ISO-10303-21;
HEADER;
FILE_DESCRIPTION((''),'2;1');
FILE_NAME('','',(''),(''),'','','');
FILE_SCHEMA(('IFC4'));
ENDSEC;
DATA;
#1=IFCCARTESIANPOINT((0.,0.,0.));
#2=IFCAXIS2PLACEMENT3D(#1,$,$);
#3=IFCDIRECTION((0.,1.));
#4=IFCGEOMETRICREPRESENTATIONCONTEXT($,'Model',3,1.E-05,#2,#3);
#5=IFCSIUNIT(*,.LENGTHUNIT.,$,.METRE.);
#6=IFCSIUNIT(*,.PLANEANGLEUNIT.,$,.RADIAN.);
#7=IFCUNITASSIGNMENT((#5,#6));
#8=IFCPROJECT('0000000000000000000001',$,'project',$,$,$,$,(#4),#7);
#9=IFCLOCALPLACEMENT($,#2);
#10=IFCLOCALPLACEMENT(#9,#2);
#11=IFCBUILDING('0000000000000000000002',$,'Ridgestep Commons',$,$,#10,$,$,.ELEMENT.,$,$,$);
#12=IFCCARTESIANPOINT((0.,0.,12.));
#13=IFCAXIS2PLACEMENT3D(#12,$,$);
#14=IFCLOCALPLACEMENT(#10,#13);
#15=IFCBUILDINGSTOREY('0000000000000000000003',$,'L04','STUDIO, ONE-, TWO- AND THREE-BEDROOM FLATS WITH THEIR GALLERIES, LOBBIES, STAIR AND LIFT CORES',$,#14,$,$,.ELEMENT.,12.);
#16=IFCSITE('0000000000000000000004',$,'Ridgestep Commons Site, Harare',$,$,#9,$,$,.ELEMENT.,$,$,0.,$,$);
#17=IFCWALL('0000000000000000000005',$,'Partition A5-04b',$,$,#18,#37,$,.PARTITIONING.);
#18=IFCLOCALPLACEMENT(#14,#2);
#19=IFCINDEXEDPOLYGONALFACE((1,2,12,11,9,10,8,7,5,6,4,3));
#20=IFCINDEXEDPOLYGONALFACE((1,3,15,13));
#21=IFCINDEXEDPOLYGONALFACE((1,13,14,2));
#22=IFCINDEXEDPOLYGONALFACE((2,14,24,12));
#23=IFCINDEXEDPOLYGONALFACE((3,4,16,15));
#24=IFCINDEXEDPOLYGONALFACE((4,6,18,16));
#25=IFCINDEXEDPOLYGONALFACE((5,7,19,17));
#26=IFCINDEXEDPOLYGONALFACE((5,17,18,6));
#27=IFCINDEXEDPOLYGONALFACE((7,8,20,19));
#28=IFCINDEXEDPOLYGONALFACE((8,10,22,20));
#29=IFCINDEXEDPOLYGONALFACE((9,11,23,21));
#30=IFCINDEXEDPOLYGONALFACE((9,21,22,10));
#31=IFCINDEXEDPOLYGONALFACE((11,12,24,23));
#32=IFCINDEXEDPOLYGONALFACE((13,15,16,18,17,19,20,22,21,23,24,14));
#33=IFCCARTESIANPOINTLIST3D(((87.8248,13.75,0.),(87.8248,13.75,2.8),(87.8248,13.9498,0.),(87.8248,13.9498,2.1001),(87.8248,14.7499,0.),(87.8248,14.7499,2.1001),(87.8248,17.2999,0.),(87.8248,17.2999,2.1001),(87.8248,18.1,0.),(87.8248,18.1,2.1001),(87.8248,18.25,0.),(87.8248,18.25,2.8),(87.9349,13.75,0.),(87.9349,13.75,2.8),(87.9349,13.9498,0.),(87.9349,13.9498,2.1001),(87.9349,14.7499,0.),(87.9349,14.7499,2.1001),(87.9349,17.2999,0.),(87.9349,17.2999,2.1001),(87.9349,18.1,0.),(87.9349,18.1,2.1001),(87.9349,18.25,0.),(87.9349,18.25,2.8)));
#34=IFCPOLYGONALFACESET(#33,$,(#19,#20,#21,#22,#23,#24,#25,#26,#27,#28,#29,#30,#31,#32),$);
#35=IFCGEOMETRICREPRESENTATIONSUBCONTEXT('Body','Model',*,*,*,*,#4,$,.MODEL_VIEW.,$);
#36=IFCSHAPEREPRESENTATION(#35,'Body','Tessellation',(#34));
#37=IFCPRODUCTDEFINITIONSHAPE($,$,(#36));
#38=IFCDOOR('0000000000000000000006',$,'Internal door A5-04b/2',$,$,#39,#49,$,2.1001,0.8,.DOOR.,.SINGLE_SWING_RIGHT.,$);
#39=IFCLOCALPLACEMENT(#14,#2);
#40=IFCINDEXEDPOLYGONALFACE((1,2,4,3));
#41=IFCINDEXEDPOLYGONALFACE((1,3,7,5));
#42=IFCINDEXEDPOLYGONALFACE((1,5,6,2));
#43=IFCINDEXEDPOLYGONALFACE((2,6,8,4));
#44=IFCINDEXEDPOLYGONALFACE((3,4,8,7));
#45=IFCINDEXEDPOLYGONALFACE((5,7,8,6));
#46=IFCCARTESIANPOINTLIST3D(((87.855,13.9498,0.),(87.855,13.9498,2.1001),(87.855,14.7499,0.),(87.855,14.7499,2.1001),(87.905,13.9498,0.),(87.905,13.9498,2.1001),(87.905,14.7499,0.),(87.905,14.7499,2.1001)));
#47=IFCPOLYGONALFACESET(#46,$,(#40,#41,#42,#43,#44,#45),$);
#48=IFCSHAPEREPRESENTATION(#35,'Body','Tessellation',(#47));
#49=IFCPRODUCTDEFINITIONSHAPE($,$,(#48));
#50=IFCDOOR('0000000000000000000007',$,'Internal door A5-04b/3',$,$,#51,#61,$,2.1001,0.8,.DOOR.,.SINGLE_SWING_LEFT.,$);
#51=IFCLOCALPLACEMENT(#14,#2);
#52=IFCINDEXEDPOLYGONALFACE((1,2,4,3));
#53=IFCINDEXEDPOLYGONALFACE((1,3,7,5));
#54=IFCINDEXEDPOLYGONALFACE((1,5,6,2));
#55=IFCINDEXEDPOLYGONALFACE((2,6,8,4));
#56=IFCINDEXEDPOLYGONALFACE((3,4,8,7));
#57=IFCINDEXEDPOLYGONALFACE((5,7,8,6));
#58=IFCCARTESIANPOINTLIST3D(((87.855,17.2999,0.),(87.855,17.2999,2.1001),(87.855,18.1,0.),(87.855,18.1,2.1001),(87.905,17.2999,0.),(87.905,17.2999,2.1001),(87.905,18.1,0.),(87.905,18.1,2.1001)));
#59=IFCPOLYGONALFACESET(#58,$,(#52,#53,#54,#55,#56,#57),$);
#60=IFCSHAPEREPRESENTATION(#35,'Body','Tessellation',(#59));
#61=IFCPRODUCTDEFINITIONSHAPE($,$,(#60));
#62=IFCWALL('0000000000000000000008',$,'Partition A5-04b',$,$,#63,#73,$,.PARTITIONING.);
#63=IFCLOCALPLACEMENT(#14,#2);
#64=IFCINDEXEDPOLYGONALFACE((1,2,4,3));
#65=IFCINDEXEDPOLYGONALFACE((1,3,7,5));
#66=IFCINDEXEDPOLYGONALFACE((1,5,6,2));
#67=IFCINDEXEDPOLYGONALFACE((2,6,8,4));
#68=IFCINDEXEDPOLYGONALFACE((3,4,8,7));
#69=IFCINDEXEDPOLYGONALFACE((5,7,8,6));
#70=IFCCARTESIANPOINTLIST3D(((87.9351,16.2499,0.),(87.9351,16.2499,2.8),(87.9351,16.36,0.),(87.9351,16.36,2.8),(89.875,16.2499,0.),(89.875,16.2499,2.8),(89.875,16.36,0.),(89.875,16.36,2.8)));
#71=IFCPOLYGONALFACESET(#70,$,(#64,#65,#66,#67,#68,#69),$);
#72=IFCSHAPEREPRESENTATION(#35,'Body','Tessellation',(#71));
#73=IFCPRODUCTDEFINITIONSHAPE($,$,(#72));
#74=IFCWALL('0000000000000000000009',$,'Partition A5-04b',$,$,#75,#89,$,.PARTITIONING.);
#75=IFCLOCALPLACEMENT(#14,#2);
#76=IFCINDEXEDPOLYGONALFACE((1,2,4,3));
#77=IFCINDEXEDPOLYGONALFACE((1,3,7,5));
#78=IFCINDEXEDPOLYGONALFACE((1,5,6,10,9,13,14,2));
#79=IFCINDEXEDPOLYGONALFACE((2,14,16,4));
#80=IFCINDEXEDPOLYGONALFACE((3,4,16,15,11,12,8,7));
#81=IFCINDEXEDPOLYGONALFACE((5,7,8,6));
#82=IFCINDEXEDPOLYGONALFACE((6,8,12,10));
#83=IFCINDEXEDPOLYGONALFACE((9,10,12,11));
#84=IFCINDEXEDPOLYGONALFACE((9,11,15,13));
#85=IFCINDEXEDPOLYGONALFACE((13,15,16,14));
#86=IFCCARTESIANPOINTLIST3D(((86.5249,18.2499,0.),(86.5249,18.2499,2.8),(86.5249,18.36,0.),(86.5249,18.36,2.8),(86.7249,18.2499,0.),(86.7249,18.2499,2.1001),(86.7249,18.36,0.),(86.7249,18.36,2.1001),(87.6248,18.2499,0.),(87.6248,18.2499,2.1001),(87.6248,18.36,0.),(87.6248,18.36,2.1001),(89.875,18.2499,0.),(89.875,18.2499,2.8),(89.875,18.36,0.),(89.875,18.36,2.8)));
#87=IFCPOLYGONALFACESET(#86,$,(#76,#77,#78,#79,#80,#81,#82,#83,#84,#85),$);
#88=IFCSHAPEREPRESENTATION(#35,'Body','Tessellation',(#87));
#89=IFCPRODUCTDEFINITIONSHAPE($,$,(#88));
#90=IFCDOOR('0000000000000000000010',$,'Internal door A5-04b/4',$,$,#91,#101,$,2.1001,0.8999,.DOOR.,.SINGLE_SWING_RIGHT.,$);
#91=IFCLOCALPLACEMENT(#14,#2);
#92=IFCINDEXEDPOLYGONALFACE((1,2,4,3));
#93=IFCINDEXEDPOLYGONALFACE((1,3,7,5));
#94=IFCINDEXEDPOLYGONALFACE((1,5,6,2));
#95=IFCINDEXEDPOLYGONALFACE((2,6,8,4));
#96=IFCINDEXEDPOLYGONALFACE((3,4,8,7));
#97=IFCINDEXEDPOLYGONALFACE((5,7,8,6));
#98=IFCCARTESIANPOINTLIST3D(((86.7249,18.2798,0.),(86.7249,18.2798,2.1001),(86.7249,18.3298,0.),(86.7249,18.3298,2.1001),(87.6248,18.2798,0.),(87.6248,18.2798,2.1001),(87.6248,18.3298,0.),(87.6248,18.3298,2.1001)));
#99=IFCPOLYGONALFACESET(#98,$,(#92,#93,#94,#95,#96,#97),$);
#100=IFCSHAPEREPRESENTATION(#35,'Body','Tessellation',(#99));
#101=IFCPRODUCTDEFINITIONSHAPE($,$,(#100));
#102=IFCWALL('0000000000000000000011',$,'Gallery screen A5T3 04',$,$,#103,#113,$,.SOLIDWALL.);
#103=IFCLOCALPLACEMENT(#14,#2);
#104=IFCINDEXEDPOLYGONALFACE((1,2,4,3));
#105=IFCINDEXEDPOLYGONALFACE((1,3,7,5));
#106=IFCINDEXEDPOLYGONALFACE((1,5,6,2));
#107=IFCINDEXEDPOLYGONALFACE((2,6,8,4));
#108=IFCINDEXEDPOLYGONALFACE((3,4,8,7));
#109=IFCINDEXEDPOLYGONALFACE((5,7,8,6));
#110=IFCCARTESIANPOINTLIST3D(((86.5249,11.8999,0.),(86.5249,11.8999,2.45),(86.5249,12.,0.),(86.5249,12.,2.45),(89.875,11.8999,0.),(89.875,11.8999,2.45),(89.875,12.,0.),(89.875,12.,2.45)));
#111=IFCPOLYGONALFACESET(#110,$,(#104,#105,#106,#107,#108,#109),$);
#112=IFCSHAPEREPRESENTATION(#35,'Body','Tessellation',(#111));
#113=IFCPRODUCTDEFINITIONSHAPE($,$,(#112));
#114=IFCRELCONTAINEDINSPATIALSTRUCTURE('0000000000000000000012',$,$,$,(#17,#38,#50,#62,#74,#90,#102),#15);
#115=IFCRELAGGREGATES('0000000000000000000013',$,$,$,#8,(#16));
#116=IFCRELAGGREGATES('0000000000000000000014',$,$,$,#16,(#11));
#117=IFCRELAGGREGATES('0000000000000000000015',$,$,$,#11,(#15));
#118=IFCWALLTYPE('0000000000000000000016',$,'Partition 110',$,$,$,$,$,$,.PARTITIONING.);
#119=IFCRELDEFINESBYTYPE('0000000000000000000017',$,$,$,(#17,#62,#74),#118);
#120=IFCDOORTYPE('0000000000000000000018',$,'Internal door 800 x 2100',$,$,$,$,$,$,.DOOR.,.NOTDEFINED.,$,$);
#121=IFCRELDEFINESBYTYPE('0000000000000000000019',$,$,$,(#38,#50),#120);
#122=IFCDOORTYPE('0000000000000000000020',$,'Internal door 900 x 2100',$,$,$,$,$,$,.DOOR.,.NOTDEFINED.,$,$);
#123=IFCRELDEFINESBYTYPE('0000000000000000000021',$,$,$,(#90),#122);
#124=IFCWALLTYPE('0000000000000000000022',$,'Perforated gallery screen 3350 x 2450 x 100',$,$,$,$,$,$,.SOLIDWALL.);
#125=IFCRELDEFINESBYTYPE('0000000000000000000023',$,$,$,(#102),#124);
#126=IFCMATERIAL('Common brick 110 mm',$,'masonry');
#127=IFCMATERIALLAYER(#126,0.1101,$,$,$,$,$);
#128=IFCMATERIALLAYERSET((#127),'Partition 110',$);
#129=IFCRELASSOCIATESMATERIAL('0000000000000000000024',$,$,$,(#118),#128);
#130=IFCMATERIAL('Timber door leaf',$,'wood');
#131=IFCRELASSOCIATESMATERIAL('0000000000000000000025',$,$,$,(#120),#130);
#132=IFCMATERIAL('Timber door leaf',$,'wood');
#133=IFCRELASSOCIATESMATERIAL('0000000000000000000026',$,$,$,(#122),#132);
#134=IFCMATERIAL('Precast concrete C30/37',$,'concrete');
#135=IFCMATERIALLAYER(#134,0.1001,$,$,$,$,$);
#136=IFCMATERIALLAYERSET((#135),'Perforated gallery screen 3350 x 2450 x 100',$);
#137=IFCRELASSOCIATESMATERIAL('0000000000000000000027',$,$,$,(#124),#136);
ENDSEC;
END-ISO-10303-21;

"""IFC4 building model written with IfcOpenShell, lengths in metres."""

from ifc_helpers import new_model, si_unit, direction, frame, frame_2d, origin, place, context, subcontext, project, spatial, rectangle, extrude, material, layer, layer_set, type_object, element, fill, save


model = new_model("IFC4")

# Units and contexts
model_context = context("Model", 3, precision=1e-05, world=origin(), true_north=direction((0.0, 1.0)))
body_context = subcontext(model_context, "Body", "Model", "MODEL_VIEW")
ifc_project = project(units=[si_unit("LENGTHUNIT", "METRE"), si_unit("PLANEANGLEUNIT", "RADIAN")], contexts=[model_context])

# Site, building, storey
site_placement = place(None, origin())
site = spatial("IfcSite", under=ifc_project, at=site_placement, Name="Ridgestep Commons Site, Harare", CompositionType="ELEMENT", RefElevation=0.0)
building_placement = place(site_placement, origin())
building = spatial("IfcBuilding", under=site, at=building_placement, Name="Ridgestep Commons", CompositionType="ELEMENT")
storey_placement = place(building_placement, frame((0.0, 0.0, 12.0)))
storey = spatial("IfcBuildingStorey", under=building, at=storey_placement, Name="L04", Description="STUDIO, ONE-, TWO- AND THREE-BEDROOM FLATS WITH THEIR GALLERIES, LOBBIES, STAIR AND LIFT CORES", CompositionType="ELEMENT", Elevation=12.0)

# Wall, openings, doors
ifc_material_1 = material(Name="Common brick 110 mm", Category="masonry")
ifc_layer_1 = layer(ifc_material_1, 0.1101)
ifc_layer_set_1 = layer_set([ifc_layer_1], Name="Partition 110")
wall_type_1 = type_object("IfcWallType", Name="Partition 110", PredefinedType="PARTITIONING", material=ifc_layer_set_1)
wall_1_placement = place(storey_placement, frame((87.8799, 13.75, 0.0), z_axis=(0.0, 0.0, 1.0), x_axis=(0.0, 1.0, 0.0)))
wall_1 = element("IfcWall", 1, at=wall_1_placement, inside=storey, type_object=wall_type_1, Name="Partition A5-04b", PredefinedType="PARTITIONING", context=body_context, shape_type="SweptSolid", body=[
    extrude(rectangle(XDim=4.5, YDim=0.1101, at=frame_2d((2.25, 0.0))), origin(), (0.0, 0.0, 1.0), 2.8),
])
opening_1_placement = place(wall_1_placement, frame((0.2, 0.0, 0.0)))
opening_1 = element("IfcOpeningElement", 2, at=opening_1_placement, cuts=wall_1, PredefinedType="OPENING", context=body_context, shape_type="SweptSolid", body=[
    extrude(rectangle(XDim=0.8, YDim=2.1001, at=frame_2d((0.3999, 1.05))), frame((0.0, 0.0649, 0.0), z_axis=(0.0, -1.0, 0.0), x_axis=(1.0, 0.0, 0.0)), (0.0, 0.0, 1.0), 0.1301),
])
opening_2_placement = place(wall_1_placement, frame((3.55, 0.0, 0.0)))
opening_2 = element("IfcOpeningElement", 3, at=opening_2_placement, cuts=wall_1, PredefinedType="OPENING", context=body_context, shape_type="SweptSolid", body=[
    extrude(rectangle(XDim=0.8, YDim=2.1001, at=frame_2d((0.3999, 1.05))), frame((0.0, 0.0649, 0.0), z_axis=(0.0, -1.0, 0.0), x_axis=(1.0, 0.0, 0.0)), (0.0, 0.0, 1.0), 0.1301),
])
ifc_material_2 = material(Name="Timber door leaf", Category="wood")
door_type_1 = type_object("IfcDoorType", Name="Internal door 800 x 2100", OperationType="NOTDEFINED", PredefinedType="DOOR", material=ifc_material_2)
door_1_placement = place(opening_1_placement, origin())
door_1 = element("IfcDoor", 4, at=door_1_placement, inside=storey, type_object=door_type_1, Name="Internal door A5-04b/2", OperationType="SINGLE_SWING_RIGHT", OverallHeight=2.1001, OverallWidth=0.8, PredefinedType="DOOR", context=body_context, shape_type="SweptSolid", body=[
    extrude(rectangle(XDim=0.8, YDim=2.1001, at=frame_2d((0.3999, 1.05))), frame((0.0, 0.0249, 0.0), z_axis=(0.0, -1.0, 0.0), x_axis=(1.0, 0.0, 0.0)), (0.0, 0.0, 1.0), 0.05),
])
fill(opening_1, door_1)
door_2_placement = place(opening_2_placement, origin())
door_2 = element("IfcDoor", 5, at=door_2_placement, inside=storey, type_object=door_type_1, Name="Internal door A5-04b/3", OperationType="SINGLE_SWING_LEFT", OverallHeight=2.1001, OverallWidth=0.8, PredefinedType="DOOR", context=body_context, shape_type="SweptSolid", body=[
    extrude(rectangle(XDim=0.8, YDim=2.1001, at=frame_2d((0.3999, 1.05))), frame((0.0, 0.0249, 0.0), z_axis=(0.0, -1.0, 0.0), x_axis=(1.0, 0.0, 0.0)), (0.0, 0.0, 1.0), 0.05),
])
fill(opening_2, door_2)

# Wall
wall_2_placement = place(storey_placement, frame((87.9351, 16.3049, 0.0), z_axis=(0.0, 0.0, 1.0), x_axis=(1.0, 0.0, 0.0)))
element("IfcWall", 6, at=wall_2_placement, inside=storey, type_object=wall_type_1, Name="Partition A5-04b", PredefinedType="PARTITIONING", context=body_context, shape_type="SweptSolid", body=[
    extrude(rectangle(XDim=1.9399, YDim=0.1101, at=frame_2d((0.97, 0.0))), origin(), (0.0, 0.0, 1.0), 2.8),
])

# Wall, opening, door
wall_3_placement = place(storey_placement, frame((86.5249, 18.3049, 0.0), z_axis=(0.0, 0.0, 1.0), x_axis=(1.0, 0.0, 0.0)))
wall_3 = element("IfcWall", 7, at=wall_3_placement, inside=storey, type_object=wall_type_1, Name="Partition A5-04b", PredefinedType="PARTITIONING", context=body_context, shape_type="SweptSolid", body=[
    extrude(rectangle(XDim=3.3501, YDim=0.1101, at=frame_2d((1.675, 0.0))), origin(), (0.0, 0.0, 1.0), 2.8),
])
opening_3_placement = place(wall_3_placement, frame((0.2, 0.0, 0.0)))
opening_3 = element("IfcOpeningElement", 8, at=opening_3_placement, cuts=wall_3, PredefinedType="OPENING", context=body_context, shape_type="SweptSolid", body=[
    extrude(rectangle(XDim=0.8999, YDim=2.1001, at=frame_2d((0.45, 1.05))), frame((0.0, 0.0649, 0.0), z_axis=(0.0, -1.0, 0.0), x_axis=(1.0, 0.0, 0.0)), (0.0, 0.0, 1.0), 0.1301),
])
ifc_material_3 = material(Name="Timber door leaf", Category="wood")
door_type_2 = type_object("IfcDoorType", Name="Internal door 900 x 2100", OperationType="NOTDEFINED", PredefinedType="DOOR", material=ifc_material_3)
door_3_placement = place(opening_3_placement, origin())
door_3 = element("IfcDoor", 9, at=door_3_placement, inside=storey, type_object=door_type_2, Name="Internal door A5-04b/4", OperationType="SINGLE_SWING_RIGHT", OverallHeight=2.1001, OverallWidth=0.8999, PredefinedType="DOOR", context=body_context, shape_type="SweptSolid", body=[
    extrude(rectangle(XDim=0.8999, YDim=2.1001, at=frame_2d((0.45, 1.05))), frame((0.0, 0.0249, 0.0), z_axis=(0.0, -1.0, 0.0), x_axis=(1.0, 0.0, 0.0)), (0.0, 0.0, 1.0), 0.05),
])
fill(opening_3, door_3)

# Wall
ifc_material_4 = material(Name="Precast concrete C30/37", Category="concrete")
ifc_layer_2 = layer(ifc_material_4, 0.1001)
ifc_layer_set_2 = layer_set([ifc_layer_2], Name="Perforated gallery screen 3350 x 2450 x 100")
wall_type_2 = type_object("IfcWallType", Name="Perforated gallery screen 3350 x 2450 x 100", PredefinedType="SOLIDWALL", material=ifc_layer_set_2)
wall_4_placement = place(storey_placement, frame((86.5249, 11.95, 0.0), z_axis=(0.0, 0.0, 1.0), x_axis=(1.0, 0.0, 0.0)))
element("IfcWall", 10, at=wall_4_placement, inside=storey, type_object=wall_type_2, Name="Gallery screen A5T3 04", PredefinedType="SOLIDWALL", context=body_context, shape_type="SweptSolid", body=[
    extrude(rectangle(XDim=3.3501, YDim=0.1001, at=frame_2d((1.675, 0.0))), origin(), (0.0, 0.0, 1.0), 2.45),
])

save(model, "model.ifc")
